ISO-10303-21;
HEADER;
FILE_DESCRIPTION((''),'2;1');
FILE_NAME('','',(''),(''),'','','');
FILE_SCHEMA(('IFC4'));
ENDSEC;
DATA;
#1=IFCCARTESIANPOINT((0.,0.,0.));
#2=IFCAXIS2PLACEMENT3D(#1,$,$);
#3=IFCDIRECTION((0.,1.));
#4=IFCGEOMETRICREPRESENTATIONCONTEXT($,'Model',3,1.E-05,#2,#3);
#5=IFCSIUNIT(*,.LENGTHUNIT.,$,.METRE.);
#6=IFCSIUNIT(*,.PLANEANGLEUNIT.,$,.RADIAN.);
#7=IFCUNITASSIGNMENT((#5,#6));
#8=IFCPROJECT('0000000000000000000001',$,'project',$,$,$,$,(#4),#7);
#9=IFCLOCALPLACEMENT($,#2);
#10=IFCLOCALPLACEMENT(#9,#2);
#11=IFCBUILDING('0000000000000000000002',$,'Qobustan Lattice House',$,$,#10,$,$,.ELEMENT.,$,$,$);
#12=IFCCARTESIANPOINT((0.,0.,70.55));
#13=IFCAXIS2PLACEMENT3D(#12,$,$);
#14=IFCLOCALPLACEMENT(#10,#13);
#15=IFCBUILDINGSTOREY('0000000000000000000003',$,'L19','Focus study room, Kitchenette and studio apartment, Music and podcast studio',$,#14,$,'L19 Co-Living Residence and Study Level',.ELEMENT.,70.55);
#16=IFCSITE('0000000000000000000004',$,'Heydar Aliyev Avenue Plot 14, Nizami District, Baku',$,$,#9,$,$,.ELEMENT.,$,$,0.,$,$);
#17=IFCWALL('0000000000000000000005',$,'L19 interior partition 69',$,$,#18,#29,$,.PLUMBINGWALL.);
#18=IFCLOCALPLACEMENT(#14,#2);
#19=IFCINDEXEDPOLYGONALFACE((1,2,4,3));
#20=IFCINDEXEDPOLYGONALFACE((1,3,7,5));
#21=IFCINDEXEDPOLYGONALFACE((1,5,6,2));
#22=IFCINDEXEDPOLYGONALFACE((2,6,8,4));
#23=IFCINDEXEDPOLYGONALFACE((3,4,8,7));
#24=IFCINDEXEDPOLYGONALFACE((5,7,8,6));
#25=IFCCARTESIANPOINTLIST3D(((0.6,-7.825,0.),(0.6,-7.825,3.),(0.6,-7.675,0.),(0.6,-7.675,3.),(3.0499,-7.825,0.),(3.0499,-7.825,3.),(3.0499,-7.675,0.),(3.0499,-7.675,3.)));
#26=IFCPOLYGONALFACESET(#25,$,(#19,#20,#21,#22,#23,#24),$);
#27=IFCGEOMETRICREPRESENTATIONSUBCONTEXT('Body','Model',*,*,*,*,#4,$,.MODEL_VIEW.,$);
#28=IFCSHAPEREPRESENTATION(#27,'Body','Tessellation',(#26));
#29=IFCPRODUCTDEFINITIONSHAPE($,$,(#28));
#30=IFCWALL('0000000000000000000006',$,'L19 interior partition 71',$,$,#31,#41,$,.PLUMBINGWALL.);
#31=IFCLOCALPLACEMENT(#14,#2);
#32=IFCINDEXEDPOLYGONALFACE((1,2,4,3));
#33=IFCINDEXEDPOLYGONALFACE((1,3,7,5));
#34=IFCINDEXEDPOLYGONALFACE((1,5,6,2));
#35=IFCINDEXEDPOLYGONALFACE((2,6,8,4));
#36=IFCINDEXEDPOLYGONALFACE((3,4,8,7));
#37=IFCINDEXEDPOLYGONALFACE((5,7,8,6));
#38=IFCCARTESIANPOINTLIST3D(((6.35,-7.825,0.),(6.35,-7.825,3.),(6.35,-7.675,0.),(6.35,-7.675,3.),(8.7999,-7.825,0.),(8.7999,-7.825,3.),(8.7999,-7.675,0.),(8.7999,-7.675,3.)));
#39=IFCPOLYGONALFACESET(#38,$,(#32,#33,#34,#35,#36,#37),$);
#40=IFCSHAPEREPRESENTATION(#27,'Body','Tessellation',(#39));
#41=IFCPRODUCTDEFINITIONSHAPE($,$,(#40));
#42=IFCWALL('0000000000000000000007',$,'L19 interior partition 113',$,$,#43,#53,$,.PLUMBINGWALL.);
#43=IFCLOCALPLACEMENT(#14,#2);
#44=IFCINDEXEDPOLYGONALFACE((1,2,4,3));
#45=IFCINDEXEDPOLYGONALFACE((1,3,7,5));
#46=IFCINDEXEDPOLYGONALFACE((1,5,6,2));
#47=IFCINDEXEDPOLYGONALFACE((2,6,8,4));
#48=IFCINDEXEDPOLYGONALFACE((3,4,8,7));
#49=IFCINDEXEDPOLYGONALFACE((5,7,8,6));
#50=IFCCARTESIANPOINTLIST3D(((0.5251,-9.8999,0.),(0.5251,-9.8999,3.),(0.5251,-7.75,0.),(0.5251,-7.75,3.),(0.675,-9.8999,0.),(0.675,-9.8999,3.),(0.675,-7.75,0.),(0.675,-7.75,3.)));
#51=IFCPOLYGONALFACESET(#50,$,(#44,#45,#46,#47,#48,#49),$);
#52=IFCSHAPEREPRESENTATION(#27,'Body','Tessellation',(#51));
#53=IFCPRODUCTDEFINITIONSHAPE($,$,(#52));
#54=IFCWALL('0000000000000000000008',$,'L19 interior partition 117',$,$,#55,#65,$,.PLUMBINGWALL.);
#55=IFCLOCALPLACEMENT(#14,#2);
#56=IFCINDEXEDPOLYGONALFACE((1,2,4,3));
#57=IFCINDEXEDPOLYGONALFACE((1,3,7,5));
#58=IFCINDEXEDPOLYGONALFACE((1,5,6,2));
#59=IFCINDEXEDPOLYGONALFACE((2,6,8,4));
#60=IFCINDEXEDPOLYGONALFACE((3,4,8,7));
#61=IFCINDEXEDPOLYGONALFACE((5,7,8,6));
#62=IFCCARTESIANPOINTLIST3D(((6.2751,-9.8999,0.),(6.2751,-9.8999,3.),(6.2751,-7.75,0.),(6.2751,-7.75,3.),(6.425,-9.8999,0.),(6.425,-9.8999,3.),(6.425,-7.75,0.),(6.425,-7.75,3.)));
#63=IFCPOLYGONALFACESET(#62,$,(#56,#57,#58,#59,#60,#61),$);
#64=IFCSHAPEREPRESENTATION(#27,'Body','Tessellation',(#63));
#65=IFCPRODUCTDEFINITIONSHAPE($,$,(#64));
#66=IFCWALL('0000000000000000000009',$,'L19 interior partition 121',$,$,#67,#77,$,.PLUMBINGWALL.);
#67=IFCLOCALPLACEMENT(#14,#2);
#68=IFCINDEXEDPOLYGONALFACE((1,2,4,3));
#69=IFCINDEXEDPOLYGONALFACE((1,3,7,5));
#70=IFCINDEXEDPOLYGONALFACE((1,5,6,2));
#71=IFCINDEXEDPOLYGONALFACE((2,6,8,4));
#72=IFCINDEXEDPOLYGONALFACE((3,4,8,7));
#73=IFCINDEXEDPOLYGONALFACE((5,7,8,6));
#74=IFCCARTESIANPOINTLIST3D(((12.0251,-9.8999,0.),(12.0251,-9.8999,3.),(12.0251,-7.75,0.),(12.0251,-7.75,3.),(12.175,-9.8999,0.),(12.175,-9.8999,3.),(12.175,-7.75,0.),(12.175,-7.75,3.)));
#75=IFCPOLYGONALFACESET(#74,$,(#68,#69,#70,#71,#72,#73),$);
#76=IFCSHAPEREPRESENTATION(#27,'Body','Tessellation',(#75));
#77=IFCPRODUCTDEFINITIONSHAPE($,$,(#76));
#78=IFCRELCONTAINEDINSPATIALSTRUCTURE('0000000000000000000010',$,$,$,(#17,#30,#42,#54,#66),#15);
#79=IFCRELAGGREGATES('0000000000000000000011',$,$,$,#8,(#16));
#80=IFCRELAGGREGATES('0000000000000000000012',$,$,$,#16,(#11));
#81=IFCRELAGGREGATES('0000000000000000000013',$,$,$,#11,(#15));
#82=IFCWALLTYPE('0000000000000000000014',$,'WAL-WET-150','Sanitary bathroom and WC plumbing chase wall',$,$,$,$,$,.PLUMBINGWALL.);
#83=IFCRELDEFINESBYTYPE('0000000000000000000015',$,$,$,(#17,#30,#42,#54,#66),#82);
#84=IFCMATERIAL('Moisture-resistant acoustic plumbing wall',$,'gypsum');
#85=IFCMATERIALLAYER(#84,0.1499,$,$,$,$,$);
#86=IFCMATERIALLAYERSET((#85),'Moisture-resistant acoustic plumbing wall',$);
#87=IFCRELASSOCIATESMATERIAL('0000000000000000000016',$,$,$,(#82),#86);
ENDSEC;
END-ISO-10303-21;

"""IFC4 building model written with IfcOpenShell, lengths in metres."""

from ifc_helpers import new_model, si_unit, direction, frame, frame_2d, origin, place, context, subcontext, project, spatial, rectangle, extrude, material, layer, layer_set, type_object, element, save


model = new_model("IFC4")

# Units and contexts
model_context = context("Model", 3, precision=1e-05, world=origin(), true_north=direction((0.0, 1.0)))
body_context = subcontext(model_context, "Body", "Model", "MODEL_VIEW")
ifc_project = project(units=[si_unit("LENGTHUNIT", "METRE"), si_unit("PLANEANGLEUNIT", "RADIAN")], contexts=[model_context])

# Site, building, storey
site_placement = place(None, origin())
site = spatial("IfcSite", under=ifc_project, at=site_placement, Name="Heydar Aliyev Avenue Plot 14, Nizami District, Baku", CompositionType="ELEMENT", RefElevation=0.0)
building_placement = place(site_placement, origin())
building = spatial("IfcBuilding", under=site, at=building_placement, Name="Qobustan Lattice House", CompositionType="ELEMENT")
storey_placement = place(building_placement, frame((0.0, 0.0, 70.55)))
storey = spatial("IfcBuildingStorey", under=building, at=storey_placement, Name="L19", Description="Focus study room, Kitchenette and studio apartment, Music and podcast studio", LongName="L19 Co-Living Residence and Study Level", CompositionType="ELEMENT", Elevation=70.55)

# Walls
ifc_material_1 = material(Name="Moisture-resistant acoustic plumbing wall", Category="gypsum")
ifc_layer_1 = layer(ifc_material_1, 0.1499)
ifc_layer_set_1 = layer_set([ifc_layer_1], Name="Moisture-resistant acoustic plumbing wall")
wall_type_1 = type_object("IfcWallType", Name="WAL-WET-150", Description="Sanitary bathroom and WC plumbing chase wall", PredefinedType="PLUMBINGWALL", material=ifc_layer_set_1)
for number, where, z_axis, x_axis, name in (
    (1, (3.05, -7.75, 0.0), (0.0, 0.0, 1.0), (-1.0, 0.0, 0.0), "L19 interior partition 69"),
    (2, (8.8, -7.75, 0.0), (0.0, 0.0, 1.0), (-1.0, 0.0, 0.0), "L19 interior partition 71"),
):
    element("IfcWall", number, at=place(storey_placement, frame(where, z_axis=z_axis, x_axis=x_axis)), inside=storey, type_object=wall_type_1, Name=name, PredefinedType="PLUMBINGWALL", context=body_context, shape_type="SweptSolid", body=[
        extrude(rectangle(XDim=2.45, YDim=0.1499, at=frame_2d((1.2251, 0.0))), origin(), (0.0, 0.0, 1.0), 3.0),
    ])
for number, where, z_axis, x_axis, name in (
    (3, (0.6001, -7.75, 0.0), (0.0, 0.0, 1.0), (0.0, -1.0, 0.0), "L19 interior partition 113"),
    (4, (6.3501, -7.75, 0.0), (0.0, 0.0, 1.0), (0.0, -1.0, 0.0), "L19 interior partition 117"),
    (5, (12.1001, -7.75, 0.0), (0.0, 0.0, 1.0), (0.0, -1.0, 0.0), "L19 interior partition 121"),
):
    element("IfcWall", number, at=place(storey_placement, frame(where, z_axis=z_axis, x_axis=x_axis)), inside=storey, type_object=wall_type_1, Name=name, PredefinedType="PLUMBINGWALL", context=body_context, shape_type="SweptSolid", body=[
        extrude(rectangle(XDim=2.1499, YDim=0.1499, at=frame_2d((1.075, 0.0))), origin(), (0.0, 0.0, 1.0), 3.0),
    ])

save(model, "model.ifc")
